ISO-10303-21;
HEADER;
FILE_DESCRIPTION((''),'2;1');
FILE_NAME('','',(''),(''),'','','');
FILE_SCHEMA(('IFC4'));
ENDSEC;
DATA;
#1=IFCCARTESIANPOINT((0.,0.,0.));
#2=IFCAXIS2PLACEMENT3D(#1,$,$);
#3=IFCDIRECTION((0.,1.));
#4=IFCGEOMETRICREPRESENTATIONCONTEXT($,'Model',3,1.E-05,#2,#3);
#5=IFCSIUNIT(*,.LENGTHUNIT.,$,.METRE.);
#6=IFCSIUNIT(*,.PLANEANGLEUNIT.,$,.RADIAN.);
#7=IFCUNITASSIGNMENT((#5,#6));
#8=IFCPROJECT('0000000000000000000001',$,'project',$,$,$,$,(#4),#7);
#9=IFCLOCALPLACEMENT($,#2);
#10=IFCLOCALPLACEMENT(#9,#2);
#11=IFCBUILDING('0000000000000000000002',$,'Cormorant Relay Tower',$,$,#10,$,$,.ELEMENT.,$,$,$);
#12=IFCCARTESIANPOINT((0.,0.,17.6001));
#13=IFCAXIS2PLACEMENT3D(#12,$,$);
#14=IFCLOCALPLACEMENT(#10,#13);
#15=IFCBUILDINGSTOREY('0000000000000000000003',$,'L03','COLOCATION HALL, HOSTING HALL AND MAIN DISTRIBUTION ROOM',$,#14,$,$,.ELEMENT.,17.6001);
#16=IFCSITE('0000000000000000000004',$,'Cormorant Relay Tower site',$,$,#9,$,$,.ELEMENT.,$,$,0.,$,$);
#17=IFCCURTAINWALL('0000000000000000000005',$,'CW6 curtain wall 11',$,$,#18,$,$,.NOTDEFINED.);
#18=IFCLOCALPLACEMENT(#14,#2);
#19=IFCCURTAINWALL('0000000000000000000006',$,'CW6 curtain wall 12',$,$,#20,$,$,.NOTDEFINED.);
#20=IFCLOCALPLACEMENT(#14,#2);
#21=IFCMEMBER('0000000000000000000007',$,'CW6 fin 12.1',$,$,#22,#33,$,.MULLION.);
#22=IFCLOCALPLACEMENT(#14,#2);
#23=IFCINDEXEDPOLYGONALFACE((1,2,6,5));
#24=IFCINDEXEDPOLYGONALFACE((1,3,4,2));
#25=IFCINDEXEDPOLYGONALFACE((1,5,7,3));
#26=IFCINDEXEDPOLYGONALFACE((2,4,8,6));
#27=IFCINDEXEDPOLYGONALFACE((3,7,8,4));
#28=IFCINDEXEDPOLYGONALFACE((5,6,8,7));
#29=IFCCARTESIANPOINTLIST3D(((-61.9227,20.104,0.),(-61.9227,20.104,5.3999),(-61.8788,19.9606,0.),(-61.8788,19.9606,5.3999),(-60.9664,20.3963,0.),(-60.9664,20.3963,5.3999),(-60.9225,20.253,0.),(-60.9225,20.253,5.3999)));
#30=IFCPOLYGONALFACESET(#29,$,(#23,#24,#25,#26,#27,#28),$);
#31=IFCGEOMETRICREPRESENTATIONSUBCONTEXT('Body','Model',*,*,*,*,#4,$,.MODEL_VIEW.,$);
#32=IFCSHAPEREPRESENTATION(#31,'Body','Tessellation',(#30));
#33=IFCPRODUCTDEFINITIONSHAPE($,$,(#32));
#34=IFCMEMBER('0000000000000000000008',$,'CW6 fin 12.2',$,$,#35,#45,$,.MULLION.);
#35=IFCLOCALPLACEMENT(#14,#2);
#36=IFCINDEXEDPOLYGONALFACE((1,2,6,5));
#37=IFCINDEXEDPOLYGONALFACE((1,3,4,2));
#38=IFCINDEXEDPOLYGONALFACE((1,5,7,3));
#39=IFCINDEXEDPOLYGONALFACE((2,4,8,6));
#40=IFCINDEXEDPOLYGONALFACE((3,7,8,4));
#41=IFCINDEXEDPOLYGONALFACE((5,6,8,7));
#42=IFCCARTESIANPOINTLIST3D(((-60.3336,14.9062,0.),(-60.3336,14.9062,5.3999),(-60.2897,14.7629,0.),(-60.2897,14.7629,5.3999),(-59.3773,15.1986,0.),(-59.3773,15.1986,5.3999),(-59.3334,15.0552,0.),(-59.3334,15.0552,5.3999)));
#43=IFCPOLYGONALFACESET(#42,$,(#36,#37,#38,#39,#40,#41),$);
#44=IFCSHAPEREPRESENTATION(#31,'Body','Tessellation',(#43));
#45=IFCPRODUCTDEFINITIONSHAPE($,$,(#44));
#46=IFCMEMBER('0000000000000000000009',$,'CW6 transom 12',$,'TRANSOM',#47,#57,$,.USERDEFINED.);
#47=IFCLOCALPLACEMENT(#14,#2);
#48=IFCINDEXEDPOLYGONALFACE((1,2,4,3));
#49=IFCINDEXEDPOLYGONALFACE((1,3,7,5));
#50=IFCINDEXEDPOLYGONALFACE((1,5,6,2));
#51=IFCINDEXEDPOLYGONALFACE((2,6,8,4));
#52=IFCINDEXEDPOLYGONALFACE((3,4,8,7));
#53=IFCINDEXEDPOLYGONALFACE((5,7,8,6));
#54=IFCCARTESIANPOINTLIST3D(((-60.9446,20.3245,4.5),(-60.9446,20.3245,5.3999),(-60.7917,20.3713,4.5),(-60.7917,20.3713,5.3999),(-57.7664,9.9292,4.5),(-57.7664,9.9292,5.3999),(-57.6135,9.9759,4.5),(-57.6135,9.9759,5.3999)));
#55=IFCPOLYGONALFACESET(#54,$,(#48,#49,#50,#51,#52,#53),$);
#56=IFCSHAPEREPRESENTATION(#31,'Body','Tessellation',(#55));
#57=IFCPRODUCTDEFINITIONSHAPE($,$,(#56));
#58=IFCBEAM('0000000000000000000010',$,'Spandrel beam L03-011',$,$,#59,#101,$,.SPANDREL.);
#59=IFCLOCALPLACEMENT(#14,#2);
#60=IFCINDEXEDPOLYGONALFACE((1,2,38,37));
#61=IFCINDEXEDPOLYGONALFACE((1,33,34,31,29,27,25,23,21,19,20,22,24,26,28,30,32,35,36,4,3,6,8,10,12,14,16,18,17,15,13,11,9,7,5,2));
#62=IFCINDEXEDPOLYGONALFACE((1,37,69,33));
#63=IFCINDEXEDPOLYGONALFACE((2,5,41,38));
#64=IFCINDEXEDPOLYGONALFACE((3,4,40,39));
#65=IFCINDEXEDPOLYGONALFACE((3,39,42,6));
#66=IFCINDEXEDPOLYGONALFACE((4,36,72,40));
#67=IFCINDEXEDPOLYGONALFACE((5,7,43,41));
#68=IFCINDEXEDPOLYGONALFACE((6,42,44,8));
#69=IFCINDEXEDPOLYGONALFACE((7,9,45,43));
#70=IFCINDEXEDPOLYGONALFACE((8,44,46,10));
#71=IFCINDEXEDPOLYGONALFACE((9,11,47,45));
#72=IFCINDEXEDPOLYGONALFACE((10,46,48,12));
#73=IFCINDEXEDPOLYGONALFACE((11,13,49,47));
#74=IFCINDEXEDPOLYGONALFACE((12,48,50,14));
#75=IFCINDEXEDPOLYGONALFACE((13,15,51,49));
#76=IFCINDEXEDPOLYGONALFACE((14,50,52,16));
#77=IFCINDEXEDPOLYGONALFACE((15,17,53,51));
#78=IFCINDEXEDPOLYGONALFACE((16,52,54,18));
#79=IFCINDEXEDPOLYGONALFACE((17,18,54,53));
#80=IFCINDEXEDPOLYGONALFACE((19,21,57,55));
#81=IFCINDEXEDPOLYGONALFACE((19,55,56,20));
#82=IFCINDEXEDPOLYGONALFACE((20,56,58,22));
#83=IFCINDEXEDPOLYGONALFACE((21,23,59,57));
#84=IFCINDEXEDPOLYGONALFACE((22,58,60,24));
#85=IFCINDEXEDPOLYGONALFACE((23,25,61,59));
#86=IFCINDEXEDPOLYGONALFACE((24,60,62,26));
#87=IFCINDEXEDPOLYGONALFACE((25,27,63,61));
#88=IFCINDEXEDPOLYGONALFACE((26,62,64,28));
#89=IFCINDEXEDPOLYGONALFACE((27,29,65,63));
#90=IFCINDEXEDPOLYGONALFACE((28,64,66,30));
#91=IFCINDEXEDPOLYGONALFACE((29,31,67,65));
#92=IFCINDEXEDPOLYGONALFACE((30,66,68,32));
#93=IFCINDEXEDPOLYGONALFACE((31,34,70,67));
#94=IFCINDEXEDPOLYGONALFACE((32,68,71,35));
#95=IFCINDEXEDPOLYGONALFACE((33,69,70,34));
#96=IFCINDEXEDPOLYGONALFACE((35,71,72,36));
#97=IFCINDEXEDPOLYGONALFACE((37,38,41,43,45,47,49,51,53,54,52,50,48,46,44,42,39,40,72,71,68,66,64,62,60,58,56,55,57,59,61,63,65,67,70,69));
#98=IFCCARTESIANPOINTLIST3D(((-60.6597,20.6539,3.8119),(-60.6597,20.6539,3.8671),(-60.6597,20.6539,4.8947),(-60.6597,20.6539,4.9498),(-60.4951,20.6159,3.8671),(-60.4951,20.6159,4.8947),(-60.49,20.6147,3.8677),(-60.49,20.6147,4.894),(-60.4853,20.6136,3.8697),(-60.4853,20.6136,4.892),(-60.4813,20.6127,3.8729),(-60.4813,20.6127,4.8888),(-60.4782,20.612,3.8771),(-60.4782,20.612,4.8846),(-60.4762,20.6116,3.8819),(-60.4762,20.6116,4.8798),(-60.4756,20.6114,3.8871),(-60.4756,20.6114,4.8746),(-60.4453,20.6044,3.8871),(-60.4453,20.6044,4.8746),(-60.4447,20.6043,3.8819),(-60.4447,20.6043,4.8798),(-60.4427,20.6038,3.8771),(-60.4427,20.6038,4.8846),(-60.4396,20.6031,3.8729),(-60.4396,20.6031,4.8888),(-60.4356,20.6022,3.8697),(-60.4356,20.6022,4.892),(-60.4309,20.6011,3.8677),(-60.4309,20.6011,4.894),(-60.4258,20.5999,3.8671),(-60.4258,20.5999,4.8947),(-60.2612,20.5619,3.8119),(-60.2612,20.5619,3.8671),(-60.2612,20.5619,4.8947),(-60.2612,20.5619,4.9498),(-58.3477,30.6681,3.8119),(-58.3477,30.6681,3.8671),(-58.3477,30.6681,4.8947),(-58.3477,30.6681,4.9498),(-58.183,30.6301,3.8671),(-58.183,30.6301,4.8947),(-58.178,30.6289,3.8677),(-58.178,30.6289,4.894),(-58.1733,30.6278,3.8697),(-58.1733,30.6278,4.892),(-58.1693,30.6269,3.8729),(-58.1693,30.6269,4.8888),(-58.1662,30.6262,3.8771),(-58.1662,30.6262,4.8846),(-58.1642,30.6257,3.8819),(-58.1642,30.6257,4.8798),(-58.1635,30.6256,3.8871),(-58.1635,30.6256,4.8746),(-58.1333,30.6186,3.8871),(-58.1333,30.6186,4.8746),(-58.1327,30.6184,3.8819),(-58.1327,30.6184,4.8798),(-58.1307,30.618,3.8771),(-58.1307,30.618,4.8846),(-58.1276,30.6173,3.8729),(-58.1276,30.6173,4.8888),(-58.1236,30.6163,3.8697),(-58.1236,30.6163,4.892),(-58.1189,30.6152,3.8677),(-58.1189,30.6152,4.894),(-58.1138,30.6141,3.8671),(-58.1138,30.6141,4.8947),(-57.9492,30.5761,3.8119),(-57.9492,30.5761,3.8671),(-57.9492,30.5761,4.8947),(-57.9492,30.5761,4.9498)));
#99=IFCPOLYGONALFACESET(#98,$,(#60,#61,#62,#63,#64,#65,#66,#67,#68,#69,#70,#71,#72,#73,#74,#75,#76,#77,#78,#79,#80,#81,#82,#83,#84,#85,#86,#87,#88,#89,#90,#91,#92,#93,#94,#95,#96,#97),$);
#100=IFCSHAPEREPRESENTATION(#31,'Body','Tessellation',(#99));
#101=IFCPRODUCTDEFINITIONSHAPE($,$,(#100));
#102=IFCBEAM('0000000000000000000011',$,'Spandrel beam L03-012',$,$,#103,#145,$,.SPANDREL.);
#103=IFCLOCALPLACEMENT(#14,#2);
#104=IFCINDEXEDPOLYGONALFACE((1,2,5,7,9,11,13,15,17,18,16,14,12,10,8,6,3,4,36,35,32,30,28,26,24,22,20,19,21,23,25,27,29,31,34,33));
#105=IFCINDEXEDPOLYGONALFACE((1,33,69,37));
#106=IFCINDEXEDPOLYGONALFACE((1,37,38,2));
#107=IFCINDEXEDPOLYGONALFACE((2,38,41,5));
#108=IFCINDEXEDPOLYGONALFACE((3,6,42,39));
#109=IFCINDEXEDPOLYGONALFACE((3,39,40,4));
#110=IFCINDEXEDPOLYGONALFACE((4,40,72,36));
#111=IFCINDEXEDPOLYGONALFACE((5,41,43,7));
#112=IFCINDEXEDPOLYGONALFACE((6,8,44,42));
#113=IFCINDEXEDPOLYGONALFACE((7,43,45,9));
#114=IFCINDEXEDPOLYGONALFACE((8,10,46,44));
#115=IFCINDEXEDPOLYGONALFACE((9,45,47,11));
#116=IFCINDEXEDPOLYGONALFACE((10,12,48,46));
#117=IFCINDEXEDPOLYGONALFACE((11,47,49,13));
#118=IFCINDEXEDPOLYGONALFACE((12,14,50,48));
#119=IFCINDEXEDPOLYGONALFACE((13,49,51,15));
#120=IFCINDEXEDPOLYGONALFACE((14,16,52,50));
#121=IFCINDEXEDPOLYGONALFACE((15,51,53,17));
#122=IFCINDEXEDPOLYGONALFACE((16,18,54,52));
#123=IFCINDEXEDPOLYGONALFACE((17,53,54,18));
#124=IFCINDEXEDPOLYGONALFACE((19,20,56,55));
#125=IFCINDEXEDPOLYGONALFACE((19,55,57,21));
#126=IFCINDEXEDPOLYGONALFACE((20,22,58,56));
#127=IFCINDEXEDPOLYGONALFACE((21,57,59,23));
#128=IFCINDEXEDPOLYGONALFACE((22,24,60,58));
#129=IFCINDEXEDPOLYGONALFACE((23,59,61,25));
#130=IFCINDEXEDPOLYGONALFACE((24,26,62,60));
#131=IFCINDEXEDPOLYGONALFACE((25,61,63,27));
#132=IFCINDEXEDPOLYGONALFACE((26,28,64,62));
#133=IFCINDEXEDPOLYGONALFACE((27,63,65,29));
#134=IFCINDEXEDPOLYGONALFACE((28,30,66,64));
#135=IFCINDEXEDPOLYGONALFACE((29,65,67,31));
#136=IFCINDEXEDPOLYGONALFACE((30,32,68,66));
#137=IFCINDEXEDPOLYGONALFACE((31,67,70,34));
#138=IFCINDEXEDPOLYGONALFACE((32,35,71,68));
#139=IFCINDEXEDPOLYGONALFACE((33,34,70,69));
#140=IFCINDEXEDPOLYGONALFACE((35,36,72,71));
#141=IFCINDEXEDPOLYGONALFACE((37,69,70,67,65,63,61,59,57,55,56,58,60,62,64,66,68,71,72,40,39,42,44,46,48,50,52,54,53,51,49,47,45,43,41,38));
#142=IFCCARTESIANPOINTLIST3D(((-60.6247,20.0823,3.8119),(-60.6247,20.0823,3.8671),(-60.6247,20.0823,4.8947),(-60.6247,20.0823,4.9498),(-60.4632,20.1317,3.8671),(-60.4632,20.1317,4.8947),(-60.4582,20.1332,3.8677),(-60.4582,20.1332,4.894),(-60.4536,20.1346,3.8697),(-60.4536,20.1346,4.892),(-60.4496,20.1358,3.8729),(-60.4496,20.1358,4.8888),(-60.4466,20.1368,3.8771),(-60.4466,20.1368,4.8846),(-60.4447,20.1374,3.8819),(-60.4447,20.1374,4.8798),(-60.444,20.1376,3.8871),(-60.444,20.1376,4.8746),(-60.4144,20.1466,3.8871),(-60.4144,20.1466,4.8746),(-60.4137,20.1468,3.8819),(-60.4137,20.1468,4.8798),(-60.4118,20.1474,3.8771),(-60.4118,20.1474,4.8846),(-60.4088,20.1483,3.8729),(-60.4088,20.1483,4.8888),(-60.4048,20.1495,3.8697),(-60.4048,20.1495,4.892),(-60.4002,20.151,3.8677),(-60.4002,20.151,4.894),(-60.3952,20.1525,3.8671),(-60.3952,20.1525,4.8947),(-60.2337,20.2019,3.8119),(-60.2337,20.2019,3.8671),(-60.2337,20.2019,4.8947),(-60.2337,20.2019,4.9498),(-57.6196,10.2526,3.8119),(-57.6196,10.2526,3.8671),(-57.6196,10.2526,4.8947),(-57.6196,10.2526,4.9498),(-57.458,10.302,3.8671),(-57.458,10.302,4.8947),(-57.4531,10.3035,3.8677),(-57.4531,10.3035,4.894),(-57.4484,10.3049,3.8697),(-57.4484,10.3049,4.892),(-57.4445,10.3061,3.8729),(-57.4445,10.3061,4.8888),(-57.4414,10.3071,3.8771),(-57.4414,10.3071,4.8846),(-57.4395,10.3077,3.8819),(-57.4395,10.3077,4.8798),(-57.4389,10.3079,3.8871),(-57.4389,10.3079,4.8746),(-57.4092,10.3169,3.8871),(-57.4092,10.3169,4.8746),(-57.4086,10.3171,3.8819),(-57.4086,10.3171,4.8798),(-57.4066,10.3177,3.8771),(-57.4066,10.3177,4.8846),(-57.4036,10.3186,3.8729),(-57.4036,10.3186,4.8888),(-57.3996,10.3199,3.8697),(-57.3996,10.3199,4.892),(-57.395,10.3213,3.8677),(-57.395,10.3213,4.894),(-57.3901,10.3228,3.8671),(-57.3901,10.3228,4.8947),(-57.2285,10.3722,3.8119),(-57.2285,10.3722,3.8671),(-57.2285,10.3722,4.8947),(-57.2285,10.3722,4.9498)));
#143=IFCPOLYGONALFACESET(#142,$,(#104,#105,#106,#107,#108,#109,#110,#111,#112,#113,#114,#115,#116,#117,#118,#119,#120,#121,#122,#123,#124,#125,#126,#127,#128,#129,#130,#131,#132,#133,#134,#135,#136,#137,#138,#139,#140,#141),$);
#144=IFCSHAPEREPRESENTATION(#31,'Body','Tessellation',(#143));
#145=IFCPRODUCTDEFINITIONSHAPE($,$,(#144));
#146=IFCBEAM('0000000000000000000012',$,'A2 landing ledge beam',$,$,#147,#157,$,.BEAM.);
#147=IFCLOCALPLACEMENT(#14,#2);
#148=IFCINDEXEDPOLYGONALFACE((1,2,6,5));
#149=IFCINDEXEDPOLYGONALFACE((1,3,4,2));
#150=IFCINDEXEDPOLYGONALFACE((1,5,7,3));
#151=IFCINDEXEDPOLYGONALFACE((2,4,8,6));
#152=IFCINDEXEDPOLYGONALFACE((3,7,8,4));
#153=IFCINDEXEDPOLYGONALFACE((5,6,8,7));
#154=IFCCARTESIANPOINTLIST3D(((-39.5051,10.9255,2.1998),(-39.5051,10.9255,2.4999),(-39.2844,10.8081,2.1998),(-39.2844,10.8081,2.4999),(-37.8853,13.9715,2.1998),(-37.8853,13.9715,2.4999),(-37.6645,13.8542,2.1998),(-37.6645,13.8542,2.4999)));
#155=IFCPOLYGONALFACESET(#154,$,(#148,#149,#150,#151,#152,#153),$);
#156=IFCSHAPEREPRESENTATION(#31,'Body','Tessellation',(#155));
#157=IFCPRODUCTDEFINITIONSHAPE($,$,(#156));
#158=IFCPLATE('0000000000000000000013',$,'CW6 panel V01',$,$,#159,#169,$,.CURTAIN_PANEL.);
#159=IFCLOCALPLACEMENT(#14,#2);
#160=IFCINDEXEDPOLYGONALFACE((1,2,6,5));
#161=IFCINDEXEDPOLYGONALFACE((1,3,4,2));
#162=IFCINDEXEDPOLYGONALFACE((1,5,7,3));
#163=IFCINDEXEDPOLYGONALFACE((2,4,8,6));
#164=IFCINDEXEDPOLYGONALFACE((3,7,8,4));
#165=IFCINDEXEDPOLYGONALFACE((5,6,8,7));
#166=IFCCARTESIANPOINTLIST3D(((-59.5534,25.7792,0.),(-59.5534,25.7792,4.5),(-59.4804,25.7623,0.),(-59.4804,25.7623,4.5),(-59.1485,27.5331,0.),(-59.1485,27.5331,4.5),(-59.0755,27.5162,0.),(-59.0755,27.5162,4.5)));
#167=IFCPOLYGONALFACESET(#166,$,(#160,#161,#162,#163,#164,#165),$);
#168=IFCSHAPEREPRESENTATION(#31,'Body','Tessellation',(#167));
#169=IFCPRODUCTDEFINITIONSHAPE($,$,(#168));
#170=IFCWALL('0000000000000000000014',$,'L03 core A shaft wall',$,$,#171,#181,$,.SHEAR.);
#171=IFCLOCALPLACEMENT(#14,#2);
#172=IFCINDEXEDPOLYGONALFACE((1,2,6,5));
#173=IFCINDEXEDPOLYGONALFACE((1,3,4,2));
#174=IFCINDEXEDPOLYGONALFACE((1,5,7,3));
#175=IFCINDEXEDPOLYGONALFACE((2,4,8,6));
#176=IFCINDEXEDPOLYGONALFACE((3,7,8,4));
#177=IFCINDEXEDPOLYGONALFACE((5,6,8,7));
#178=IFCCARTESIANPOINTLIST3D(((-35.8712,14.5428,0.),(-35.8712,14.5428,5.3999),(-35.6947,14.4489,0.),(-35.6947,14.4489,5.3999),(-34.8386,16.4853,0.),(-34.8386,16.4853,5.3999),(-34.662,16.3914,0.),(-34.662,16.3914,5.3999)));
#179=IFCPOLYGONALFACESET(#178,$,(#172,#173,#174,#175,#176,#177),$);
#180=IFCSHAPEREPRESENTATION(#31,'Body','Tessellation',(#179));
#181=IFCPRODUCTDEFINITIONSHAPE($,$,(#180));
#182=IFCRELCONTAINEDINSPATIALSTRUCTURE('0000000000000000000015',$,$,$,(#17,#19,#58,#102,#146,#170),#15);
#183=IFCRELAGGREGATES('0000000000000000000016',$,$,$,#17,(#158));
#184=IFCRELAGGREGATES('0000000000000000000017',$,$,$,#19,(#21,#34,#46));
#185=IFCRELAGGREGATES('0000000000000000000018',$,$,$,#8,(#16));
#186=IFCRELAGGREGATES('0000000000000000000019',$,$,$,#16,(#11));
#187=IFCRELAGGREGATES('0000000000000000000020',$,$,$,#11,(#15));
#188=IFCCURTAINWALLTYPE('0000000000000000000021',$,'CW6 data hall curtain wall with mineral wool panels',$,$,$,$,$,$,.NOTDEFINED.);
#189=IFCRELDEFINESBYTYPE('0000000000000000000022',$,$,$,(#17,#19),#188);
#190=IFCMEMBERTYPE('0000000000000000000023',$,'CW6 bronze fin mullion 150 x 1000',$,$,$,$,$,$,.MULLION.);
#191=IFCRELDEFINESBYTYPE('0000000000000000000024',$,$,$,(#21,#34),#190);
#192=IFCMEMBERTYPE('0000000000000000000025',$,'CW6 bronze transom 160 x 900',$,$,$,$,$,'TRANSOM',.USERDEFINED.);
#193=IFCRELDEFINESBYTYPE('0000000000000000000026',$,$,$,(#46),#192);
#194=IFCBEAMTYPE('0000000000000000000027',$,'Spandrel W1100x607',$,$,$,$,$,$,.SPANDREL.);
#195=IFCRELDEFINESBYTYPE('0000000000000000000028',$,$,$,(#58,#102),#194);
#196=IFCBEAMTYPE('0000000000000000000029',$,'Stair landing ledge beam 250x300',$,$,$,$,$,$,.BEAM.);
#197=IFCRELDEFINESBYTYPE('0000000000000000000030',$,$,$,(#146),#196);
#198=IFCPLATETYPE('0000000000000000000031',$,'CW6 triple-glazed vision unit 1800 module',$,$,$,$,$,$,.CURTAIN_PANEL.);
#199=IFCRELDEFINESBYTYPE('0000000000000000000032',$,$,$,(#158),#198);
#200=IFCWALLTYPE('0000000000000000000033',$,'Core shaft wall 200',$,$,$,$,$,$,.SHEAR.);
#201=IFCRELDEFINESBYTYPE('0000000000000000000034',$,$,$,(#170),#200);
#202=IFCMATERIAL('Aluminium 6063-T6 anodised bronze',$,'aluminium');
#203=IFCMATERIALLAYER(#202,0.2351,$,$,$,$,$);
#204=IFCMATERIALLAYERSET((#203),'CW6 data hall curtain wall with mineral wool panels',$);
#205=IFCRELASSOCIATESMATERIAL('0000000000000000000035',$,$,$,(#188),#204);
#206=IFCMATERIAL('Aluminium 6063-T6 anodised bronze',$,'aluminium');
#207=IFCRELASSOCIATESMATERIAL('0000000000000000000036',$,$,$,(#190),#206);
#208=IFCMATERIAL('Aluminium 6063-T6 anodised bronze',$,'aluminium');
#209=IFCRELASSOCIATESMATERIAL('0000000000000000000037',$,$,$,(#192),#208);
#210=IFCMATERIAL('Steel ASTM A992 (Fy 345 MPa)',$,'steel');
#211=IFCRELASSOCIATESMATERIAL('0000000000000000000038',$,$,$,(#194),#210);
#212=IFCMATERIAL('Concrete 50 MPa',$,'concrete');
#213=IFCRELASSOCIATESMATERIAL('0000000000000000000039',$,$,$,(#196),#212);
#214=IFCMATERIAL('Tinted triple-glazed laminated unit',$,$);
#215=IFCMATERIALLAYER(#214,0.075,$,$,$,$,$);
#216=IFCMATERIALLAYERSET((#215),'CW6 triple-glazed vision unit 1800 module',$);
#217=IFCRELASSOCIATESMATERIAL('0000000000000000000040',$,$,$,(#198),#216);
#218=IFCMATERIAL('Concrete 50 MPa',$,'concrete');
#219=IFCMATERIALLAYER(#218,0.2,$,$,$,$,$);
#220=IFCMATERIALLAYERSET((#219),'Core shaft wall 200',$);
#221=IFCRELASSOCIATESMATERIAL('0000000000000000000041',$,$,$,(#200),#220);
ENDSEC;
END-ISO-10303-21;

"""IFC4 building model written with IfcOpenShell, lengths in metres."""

from ifc_helpers import new_model, si_unit, direction, frame, frame_2d, origin, origin_2d, place, context, subcontext, project, spatial, rectangle, i_section, extrude, material, layer, layer_set, material_profile, profile_set, type_object, element, aggregate, save


model = new_model("IFC4")

# Units and contexts
model_context = context("Model", 3, precision=1e-05, world=origin(), true_north=direction((0.0, 1.0)))
body_context = subcontext(model_context, "Body", "Model", "MODEL_VIEW")
ifc_project = project(units=[si_unit("LENGTHUNIT", "METRE"), si_unit("PLANEANGLEUNIT", "RADIAN")], contexts=[model_context])

# Site, building, storey
site_placement = place(None, origin())
site = spatial("IfcSite", under=ifc_project, at=site_placement, Name="Cormorant Relay Tower site", CompositionType="ELEMENT", RefElevation=0.0)
building_placement = place(site_placement, origin())
building = spatial("IfcBuilding", under=site, at=building_placement, Name="Cormorant Relay Tower", CompositionType="ELEMENT")
storey_placement = place(building_placement, frame((0.0, 0.0, 17.6001)))
storey = spatial("IfcBuildingStorey", under=building, at=storey_placement, Name="L03", Description="COLOCATION HALL, HOSTING HALL AND MAIN DISTRIBUTION ROOM", CompositionType="ELEMENT", Elevation=17.6001)

# Curtain wall
ifc_material_1 = material(Name="Aluminium 6063-T6 anodised bronze", Category="aluminium")
ifc_layer_1 = layer(ifc_material_1, 0.2351)
ifc_layer_set_1 = layer_set([ifc_layer_1], Name="CW6 data hall curtain wall with mineral wool panels")
curtain_wall_type = type_object("IfcCurtainWallType", Name="CW6 data hall curtain wall with mineral wool panels", PredefinedType="NOTDEFINED", material=ifc_layer_set_1)
curtain_wall_1_placement = place(storey_placement, origin())
curtain_wall_1 = element("IfcCurtainWall", 1, at=curtain_wall_1_placement, inside=storey, type_object=curtain_wall_type, Name="CW6 curtain wall 11", PredefinedType="NOTDEFINED")
ifc_material_2 = material(Name="Aluminium 6063-T6 anodised bronze", Category="aluminium")
ifc_material_profile_1 = material_profile(ifc_material_2, rectangle(XDim=0.1499, YDim=1.0, at=origin_2d()), Name="AL 150x1000")
ifc_profile_set_1 = profile_set([ifc_material_profile_1], Name="Aluminium 6063-T6 anodised bronze")
member_type_1 = type_object("IfcMemberType", Name="CW6 bronze fin mullion 150 x 1000", PredefinedType="MULLION", material=ifc_profile_set_1)

# Curtain wall, members
curtain_wall_2_placement = place(storey_placement, origin())
curtain_wall_2 = element("IfcCurtainWall", 2, at=curtain_wall_2_placement, inside=storey, type_object=curtain_wall_type, Name="CW6 curtain wall 12", PredefinedType="NOTDEFINED")
member_1_placement = place(storey_placement, frame((-61.4226, 20.1785, 0.0), z_axis=(0.0, 0.0, 1.0), x_axis=(0.292372, -0.956305, 0.0)))
member_1 = element("IfcMember", 3, at=member_1_placement, type_object=member_type_1, Name="CW6 fin 12.1", PredefinedType="MULLION", context=body_context, shape_type="SweptSolid", body=[
    extrude(rectangle(XDim=0.1499, YDim=1.0, at=origin_2d()), origin(), (0.0, 0.0, 1.0), 5.3999),
])
member_2_placement = place(storey_placement, frame((-59.8335, 14.9807, 0.0), z_axis=(0.0, 0.0, 1.0), x_axis=(0.292372, -0.956305, 0.0)))
member_2 = element("IfcMember", 4, at=member_2_placement, type_object=member_type_1, Name="CW6 fin 12.2", PredefinedType="MULLION", context=body_context, shape_type="SweptSolid", body=[
    extrude(rectangle(XDim=0.1499, YDim=1.0, at=origin_2d()), origin(), (0.0, 0.0, 1.0), 5.3999),
])
ifc_material_3 = material(Name="Aluminium 6063-T6 anodised bronze", Category="aluminium")
ifc_material_profile_2 = material_profile(ifc_material_3, rectangle(XDim=0.1599, YDim=0.8999, at=origin_2d()), Name="AL 160x900")
ifc_profile_set_2 = profile_set([ifc_material_profile_2], Name="Aluminium 6063-T6 anodised bronze")
member_type_2 = type_object("IfcMemberType", Name="CW6 bronze transom 160 x 900", ElementType="TRANSOM", PredefinedType="USERDEFINED", material=ifc_profile_set_2)
member_3_placement = place(storey_placement, frame((-60.8682, 20.3479, 4.95), z_axis=(0.292378, -0.956303, 0.0), x_axis=(0.956303, 0.292378, 0.0)))
member_3 = element("IfcMember", 5, at=member_3_placement, type_object=member_type_2, Name="CW6 transom 12", ObjectType="TRANSOM", PredefinedType="USERDEFINED", context=body_context, shape_type="SweptSolid", body=[
    extrude(rectangle(XDim=0.1599, YDim=0.8999, at=origin_2d()), origin(), (0.0, 0.0, 1.0), 10.8704),
])

# Beams
ifc_material_4 = material(Name="Steel ASTM A992 (Fy 345 MPa)", Category="steel")
ifc_material_profile_3 = material_profile(ifc_material_4, i_section(OverallWidth=0.4089, OverallDepth=1.1379, WebThickness=0.031, FlangeThickness=0.0552, FilletRadius=0.02, at=origin_2d()), Name="W1100x607")
ifc_profile_set_3 = profile_set([ifc_material_profile_3], Name="Steel ASTM A992 (Fy 345 MPa)")
beam_type_1 = type_object("IfcBeamType", Name="Spandrel W1100x607", PredefinedType="SPANDREL", material=ifc_profile_set_3)
beam_1_placement = place(storey_placement, frame((-58.1484, 30.6221, 4.3809), z_axis=(-0.224957, -0.974369, 0.0), x_axis=(0.974369, -0.224957, 0.0)))
element("IfcBeam", 6, at=beam_1_placement, inside=storey, type_object=beam_type_1, Name="Spandrel beam L03-011", PredefinedType="SPANDREL", context=body_context, shape_type="SweptSolid", body=[
    extrude(i_section(OverallWidth=0.4089, OverallDepth=1.1379, WebThickness=0.031, FlangeThickness=0.0552, FilletRadius=0.02, at=origin_2d()), origin(), (0.0, 0.0, 1.0), 10.2776),
])
beam_2_placement = place(storey_placement, frame((-60.4292, 20.1421, 4.3809), z_axis=(0.292365, -0.956307, 0.0), x_axis=(0.956307, 0.292365, 0.0)))
element("IfcBeam", 7, at=beam_2_placement, inside=storey, type_object=beam_type_1, Name="Spandrel beam L03-012", PredefinedType="SPANDREL", context=body_context, shape_type="SweptSolid", body=[
    extrude(i_section(OverallWidth=0.4089, OverallDepth=1.1379, WebThickness=0.031, FlangeThickness=0.0552, FilletRadius=0.02, at=origin_2d()), origin(), (0.0, 0.0, 1.0), 10.2788),
])
ifc_material_5 = material(Name="Concrete 50 MPa", Category="concrete")
ifc_material_profile_4 = material_profile(ifc_material_5, rectangle(XDim=0.25, YDim=0.3, at=origin_2d()), Name="RC 250x300")
ifc_profile_set_4 = profile_set([ifc_material_profile_4], Name="Concrete 50 MPa")
beam_type_2 = type_object("IfcBeamType", Name="Stair landing ledge beam 250x300", PredefinedType="BEAM", material=ifc_profile_set_4)
beam_3_placement = place(storey_placement, frame((-37.7749, 13.9128, 2.3499), z_axis=(-0.469519, -0.882922, 0.0), x_axis=(0.882922, -0.469519, 0.0)))
element("IfcBeam", 8, at=beam_3_placement, inside=storey, type_object=beam_type_2, Name="A2 landing ledge beam", PredefinedType="BEAM", context=body_context, shape_type="SweptSolid", body=[
    extrude(rectangle(XDim=0.25, YDim=0.3, at=origin_2d()), origin(), (0.0, 0.0, 1.0), 3.45),
])

# Plate
ifc_material_6 = material(Name="Tinted triple-glazed laminated unit")
ifc_layer_2 = layer(ifc_material_6, 0.075)
ifc_layer_set_2 = layer_set([ifc_layer_2], Name="CW6 triple-glazed vision unit 1800 module")
plate_type = type_object("IfcPlateType", Name="CW6 triple-glazed vision unit 1800 module", PredefinedType="CURTAIN_PANEL", material=ifc_layer_set_2)
plate_placement = place(storey_placement, frame((-59.3145, 26.6477, 0.0), z_axis=(0.0, 0.0, 1.0), x_axis=(-0.224951, -0.97437, 0.0)))
plate = element("IfcPlate", 9, at=plate_placement, type_object=plate_type, Name="CW6 panel V01", PredefinedType="CURTAIN_PANEL", context=body_context, shape_type="SweptSolid", body=[
    extrude(rectangle(XDim=1.8, YDim=0.075, at=origin_2d()), origin(), (0.0, 0.0, 1.0), 4.5),
])

# Wall
ifc_material_7 = material(Name="Concrete 50 MPa", Category="concrete")
ifc_layer_3 = layer(ifc_material_7, 0.2)
ifc_layer_set_3 = layer_set([ifc_layer_3], Name="Core shaft wall 200")
wall_type_1 = type_object("IfcWallType", Name="Core shaft wall 200", PredefinedType="SHEAR", material=ifc_layer_set_3)
wall_1_placement = place(storey_placement, frame((-34.7502, 16.4385, 0.0), z_axis=(0.0, 0.0, 1.0), x_axis=(-0.469401, -0.882985, 0.0)))
element("IfcWall", 10, at=wall_1_placement, inside=storey, type_object=wall_type_1, Name="L03 core A shaft wall", PredefinedType="SHEAR", context=body_context, shape_type="SweptSolid", body=[
    extrude(rectangle(XDim=2.2, YDim=0.2, at=frame_2d((1.1001, 0.0))), origin(), (0.0, 0.0, 1.0), 5.3999),
])

aggregate(curtain_wall_1, [plate])
aggregate(curtain_wall_2, [member_1, member_2, member_3])

save(model, "model.ifc")
